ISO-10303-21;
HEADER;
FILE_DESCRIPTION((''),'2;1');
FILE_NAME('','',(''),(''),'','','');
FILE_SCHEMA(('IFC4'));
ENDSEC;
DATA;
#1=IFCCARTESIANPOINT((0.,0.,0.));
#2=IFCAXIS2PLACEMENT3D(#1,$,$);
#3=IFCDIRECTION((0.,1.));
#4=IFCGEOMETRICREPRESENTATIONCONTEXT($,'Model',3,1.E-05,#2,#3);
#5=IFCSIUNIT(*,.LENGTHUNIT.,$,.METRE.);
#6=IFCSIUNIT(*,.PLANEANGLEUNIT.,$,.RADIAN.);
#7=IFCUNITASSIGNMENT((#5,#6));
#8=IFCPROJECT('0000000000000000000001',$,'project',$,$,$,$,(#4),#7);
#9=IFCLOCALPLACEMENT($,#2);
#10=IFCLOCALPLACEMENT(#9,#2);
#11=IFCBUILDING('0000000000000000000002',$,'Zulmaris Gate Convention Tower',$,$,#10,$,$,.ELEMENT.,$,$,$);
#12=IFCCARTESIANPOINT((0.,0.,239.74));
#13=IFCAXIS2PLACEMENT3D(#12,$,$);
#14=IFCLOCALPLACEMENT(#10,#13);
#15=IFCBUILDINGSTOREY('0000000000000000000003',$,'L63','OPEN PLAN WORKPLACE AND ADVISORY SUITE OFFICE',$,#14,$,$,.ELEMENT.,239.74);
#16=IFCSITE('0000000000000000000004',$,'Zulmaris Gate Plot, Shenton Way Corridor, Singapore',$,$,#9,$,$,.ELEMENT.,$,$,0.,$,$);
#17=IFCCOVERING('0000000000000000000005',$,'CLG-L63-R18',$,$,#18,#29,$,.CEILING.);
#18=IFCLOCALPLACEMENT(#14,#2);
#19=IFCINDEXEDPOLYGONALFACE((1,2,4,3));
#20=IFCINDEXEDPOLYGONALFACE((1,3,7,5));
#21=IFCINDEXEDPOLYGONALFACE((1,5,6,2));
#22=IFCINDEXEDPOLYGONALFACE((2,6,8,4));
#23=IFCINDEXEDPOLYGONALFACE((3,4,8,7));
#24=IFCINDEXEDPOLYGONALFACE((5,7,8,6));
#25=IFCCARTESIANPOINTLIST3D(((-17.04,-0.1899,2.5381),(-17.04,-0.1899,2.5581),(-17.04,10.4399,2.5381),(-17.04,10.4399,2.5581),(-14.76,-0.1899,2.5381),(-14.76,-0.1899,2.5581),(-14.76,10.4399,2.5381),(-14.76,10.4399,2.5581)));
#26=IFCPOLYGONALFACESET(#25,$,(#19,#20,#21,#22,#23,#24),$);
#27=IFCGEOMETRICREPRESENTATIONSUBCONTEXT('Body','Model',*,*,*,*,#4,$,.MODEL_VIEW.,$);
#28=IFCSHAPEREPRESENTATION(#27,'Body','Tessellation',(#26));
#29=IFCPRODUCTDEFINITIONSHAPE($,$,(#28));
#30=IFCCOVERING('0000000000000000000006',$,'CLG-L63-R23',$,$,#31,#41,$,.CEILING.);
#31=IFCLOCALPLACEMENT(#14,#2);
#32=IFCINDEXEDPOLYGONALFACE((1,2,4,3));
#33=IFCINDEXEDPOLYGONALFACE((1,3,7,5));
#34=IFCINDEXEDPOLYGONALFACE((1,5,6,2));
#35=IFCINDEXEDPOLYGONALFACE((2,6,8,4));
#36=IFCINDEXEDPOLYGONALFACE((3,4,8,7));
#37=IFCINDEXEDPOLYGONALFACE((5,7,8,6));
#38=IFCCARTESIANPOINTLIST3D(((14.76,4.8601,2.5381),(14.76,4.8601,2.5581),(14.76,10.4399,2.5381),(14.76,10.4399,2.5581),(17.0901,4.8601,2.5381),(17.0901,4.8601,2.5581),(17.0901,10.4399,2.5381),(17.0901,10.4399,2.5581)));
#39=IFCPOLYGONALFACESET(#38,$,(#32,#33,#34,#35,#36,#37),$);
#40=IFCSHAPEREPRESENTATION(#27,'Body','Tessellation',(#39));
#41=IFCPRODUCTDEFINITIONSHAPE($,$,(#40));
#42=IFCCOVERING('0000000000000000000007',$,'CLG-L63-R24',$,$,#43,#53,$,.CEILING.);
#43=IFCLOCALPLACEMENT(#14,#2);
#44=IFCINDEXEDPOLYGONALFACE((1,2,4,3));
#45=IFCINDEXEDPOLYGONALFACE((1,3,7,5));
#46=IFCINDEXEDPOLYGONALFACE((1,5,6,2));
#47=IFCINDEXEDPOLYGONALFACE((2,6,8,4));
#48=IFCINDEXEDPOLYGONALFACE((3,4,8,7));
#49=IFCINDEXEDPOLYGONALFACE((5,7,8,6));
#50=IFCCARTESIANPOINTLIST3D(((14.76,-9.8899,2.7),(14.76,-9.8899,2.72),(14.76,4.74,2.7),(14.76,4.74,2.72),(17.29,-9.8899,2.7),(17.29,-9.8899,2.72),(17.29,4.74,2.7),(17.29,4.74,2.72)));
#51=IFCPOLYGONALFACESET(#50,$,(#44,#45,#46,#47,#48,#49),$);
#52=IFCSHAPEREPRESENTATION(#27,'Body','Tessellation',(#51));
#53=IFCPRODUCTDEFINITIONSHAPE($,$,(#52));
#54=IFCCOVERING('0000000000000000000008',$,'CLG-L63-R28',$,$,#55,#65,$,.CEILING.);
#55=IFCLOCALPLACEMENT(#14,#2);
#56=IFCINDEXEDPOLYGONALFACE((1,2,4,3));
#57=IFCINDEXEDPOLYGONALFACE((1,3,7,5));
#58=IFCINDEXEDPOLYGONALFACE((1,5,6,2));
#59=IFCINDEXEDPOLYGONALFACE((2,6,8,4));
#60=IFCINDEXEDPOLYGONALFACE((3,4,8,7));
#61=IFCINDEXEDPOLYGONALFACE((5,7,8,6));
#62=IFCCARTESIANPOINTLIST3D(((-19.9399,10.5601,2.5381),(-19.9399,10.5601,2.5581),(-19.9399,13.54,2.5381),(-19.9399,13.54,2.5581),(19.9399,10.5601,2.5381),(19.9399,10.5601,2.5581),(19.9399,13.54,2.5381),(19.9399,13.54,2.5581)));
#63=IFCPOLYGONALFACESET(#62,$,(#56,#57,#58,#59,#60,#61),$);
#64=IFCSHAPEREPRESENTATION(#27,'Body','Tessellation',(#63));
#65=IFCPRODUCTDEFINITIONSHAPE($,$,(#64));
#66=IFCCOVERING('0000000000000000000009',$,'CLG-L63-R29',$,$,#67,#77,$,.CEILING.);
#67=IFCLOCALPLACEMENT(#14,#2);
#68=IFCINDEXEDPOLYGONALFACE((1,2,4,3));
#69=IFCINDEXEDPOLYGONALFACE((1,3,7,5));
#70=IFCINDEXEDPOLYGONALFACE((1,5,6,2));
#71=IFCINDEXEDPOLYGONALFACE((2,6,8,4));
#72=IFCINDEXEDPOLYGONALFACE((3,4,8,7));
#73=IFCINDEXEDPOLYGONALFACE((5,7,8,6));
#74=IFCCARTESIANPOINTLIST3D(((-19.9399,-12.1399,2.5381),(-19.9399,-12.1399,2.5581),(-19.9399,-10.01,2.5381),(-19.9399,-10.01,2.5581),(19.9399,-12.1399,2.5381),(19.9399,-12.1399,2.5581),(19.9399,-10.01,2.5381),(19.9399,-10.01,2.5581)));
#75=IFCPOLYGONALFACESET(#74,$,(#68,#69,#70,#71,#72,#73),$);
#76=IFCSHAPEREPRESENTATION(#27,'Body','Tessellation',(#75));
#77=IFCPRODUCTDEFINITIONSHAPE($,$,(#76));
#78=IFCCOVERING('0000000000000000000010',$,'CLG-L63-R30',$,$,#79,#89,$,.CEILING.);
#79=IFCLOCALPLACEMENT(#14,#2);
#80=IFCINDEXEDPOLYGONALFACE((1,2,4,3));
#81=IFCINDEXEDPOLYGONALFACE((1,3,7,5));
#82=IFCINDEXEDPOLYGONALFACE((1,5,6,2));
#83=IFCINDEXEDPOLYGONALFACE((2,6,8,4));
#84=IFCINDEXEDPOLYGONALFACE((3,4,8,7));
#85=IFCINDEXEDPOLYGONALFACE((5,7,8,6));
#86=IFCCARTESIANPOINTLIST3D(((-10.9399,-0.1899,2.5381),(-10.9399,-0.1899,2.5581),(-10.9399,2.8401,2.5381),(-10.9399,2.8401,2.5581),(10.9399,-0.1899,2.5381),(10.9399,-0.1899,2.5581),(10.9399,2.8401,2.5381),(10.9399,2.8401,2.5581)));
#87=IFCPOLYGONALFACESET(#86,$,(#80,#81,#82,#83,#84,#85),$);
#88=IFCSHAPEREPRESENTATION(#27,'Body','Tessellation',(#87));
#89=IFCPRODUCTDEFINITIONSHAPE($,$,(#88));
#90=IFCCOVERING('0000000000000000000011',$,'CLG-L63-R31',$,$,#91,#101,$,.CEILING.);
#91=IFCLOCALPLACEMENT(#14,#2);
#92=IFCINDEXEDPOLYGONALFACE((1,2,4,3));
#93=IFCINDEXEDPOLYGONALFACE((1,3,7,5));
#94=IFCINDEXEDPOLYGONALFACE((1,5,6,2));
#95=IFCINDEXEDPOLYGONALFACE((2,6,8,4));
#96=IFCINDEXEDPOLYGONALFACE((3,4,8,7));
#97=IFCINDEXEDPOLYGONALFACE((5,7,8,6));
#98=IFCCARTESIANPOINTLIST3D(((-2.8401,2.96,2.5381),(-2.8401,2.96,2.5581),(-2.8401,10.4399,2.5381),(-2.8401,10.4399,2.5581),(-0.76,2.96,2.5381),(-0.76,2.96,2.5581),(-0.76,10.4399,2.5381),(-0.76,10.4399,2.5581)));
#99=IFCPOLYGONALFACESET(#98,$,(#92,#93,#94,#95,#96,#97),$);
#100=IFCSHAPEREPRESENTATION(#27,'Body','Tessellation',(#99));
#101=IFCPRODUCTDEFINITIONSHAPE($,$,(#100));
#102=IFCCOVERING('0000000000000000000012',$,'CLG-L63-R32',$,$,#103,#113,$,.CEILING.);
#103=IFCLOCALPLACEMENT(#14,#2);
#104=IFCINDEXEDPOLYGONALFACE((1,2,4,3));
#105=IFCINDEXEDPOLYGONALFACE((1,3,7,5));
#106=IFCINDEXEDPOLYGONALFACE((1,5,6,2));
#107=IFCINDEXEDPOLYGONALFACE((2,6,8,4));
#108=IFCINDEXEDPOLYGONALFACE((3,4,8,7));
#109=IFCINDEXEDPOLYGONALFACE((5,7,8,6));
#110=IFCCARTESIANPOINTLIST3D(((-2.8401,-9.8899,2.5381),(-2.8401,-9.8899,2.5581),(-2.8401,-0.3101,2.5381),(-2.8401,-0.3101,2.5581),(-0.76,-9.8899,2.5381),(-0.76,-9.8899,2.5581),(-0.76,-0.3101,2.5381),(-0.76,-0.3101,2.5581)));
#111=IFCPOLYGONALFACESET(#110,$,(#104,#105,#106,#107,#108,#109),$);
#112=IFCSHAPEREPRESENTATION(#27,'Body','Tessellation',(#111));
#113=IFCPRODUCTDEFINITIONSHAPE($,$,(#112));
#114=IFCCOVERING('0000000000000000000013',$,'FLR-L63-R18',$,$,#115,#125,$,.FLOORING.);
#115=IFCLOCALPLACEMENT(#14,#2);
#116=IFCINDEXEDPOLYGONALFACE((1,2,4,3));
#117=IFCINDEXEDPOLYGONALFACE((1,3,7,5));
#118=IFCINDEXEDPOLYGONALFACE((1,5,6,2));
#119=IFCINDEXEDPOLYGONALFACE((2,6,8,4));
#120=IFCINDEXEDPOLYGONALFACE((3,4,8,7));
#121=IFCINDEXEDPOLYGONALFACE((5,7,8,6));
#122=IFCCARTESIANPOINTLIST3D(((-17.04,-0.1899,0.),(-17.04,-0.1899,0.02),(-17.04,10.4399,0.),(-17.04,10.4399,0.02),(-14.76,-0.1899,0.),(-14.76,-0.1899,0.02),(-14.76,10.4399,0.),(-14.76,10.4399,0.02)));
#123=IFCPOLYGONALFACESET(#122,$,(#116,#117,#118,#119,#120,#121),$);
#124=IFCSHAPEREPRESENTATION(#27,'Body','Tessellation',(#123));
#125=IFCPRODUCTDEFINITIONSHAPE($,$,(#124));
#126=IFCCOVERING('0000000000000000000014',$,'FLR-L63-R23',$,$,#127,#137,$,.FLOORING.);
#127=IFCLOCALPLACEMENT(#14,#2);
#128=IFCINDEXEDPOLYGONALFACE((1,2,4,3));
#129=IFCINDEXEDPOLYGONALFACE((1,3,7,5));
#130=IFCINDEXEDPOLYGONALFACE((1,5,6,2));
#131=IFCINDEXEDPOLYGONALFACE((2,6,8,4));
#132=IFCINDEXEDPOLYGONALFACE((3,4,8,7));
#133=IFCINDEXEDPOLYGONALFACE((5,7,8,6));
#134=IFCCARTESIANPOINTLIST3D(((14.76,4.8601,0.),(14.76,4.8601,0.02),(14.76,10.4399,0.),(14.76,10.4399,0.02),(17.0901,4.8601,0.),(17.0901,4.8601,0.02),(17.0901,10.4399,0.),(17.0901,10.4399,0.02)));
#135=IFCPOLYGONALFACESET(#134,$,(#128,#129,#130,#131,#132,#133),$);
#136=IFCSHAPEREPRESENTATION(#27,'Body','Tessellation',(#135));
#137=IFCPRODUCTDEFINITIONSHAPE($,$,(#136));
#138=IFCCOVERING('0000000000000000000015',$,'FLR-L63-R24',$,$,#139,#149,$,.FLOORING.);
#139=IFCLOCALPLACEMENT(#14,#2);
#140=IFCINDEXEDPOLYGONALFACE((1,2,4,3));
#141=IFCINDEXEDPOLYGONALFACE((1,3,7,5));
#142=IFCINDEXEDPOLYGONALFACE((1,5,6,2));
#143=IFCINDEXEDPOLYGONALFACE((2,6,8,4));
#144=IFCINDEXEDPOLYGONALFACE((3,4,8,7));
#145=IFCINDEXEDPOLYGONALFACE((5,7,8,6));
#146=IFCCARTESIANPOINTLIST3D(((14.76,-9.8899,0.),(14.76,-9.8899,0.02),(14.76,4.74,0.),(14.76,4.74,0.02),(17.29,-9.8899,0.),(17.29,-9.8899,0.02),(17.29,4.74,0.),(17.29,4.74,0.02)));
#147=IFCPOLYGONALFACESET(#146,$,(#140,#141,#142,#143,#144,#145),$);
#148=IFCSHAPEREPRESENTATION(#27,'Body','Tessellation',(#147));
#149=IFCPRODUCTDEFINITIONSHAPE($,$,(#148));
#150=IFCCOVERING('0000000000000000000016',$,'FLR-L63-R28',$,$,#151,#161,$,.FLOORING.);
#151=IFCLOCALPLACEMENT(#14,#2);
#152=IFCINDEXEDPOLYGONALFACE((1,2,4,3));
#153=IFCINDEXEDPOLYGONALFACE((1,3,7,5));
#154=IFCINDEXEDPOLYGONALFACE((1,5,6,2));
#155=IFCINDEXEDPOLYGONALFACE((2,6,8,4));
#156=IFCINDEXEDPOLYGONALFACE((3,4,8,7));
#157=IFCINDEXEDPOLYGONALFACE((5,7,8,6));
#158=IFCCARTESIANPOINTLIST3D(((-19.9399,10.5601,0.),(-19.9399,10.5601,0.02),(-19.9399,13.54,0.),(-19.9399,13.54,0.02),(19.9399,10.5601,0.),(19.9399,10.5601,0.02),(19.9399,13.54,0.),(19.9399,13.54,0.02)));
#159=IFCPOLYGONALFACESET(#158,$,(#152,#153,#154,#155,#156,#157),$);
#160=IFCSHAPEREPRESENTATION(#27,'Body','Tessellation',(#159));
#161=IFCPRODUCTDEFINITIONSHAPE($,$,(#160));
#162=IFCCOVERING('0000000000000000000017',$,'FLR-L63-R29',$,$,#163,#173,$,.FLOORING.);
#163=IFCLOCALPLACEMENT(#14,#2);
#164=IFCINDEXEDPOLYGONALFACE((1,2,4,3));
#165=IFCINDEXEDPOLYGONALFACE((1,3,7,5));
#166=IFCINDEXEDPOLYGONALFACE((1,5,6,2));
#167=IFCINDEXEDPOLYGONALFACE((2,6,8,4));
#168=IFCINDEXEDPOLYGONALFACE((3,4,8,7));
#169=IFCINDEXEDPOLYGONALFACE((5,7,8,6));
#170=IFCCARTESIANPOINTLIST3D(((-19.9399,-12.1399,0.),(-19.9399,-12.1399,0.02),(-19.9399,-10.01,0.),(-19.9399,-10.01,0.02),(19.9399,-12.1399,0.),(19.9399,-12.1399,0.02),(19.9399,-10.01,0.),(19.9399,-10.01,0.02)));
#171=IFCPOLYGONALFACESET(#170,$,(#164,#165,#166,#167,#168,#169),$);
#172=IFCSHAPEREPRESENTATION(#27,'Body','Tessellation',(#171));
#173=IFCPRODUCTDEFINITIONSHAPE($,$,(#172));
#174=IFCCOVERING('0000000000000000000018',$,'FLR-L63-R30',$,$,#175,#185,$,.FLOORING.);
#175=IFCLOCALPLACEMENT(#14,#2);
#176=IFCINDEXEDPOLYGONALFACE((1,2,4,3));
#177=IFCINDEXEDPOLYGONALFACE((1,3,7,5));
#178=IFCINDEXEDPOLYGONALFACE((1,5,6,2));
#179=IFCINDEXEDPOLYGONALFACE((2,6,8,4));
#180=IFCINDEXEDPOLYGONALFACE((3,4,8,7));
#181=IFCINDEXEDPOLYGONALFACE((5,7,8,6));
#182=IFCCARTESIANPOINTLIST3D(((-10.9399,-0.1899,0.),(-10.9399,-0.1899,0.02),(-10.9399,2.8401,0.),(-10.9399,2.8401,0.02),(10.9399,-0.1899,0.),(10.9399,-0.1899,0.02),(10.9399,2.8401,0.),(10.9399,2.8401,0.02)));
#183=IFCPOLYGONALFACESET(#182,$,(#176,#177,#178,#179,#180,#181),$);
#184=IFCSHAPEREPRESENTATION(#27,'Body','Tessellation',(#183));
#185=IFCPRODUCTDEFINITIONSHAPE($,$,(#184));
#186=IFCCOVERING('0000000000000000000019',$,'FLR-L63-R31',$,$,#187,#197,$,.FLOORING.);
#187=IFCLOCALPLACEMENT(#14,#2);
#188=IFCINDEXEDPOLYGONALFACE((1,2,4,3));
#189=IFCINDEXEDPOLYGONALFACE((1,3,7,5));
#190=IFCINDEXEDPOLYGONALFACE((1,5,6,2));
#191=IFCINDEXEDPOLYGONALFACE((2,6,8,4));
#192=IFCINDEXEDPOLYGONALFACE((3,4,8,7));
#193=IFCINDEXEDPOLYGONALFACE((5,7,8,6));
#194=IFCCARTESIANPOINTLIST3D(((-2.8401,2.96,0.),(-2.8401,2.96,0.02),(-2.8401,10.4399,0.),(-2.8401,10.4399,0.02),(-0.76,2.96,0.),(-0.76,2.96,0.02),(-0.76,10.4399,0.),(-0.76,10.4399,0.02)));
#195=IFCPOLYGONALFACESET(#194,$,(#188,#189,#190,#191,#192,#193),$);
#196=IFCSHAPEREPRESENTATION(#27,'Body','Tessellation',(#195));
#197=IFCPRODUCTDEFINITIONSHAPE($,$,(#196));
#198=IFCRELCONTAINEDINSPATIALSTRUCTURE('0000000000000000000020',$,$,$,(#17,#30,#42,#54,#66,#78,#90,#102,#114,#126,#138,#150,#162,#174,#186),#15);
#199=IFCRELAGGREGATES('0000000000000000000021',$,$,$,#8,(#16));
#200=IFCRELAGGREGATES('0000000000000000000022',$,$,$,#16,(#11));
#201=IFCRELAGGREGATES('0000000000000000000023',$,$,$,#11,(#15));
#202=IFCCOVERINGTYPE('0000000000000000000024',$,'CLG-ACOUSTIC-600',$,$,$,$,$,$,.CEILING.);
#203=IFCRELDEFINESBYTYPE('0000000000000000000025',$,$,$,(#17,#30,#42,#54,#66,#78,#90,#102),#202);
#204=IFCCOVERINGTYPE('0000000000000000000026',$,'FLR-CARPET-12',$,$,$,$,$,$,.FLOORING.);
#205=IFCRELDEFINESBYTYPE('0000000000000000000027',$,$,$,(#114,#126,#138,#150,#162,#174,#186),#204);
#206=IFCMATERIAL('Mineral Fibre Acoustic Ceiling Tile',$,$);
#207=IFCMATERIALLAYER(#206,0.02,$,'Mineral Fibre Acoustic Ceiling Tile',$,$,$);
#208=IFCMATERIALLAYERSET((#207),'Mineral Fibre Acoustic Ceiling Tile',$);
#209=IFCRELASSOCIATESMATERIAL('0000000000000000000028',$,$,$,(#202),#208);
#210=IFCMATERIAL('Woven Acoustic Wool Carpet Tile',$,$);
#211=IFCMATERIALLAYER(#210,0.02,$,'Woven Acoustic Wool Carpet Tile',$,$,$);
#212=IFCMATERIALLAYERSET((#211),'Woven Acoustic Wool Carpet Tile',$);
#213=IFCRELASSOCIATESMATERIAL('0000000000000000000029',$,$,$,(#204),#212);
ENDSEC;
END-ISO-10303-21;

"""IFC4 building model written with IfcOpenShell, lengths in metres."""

from ifc_helpers import new_model, si_unit, direction, frame, origin, place, context, subcontext, project, spatial, polyline, outline, extrude, material, layer, layer_set, type_object, element, save


model = new_model("IFC4")

# Units and contexts
model_context = context("Model", 3, precision=1e-05, world=origin(), true_north=direction((0.0, 1.0)))
body_context = subcontext(model_context, "Body", "Model", "MODEL_VIEW")
ifc_project = project(units=[si_unit("LENGTHUNIT", "METRE"), si_unit("PLANEANGLEUNIT", "RADIAN")], contexts=[model_context])

# Site, building, storey
site_placement = place(None, origin())
site = spatial("IfcSite", under=ifc_project, at=site_placement, Name="Zulmaris Gate Plot, Shenton Way Corridor, Singapore", CompositionType="ELEMENT", RefElevation=0.0)
building_placement = place(site_placement, origin())
building = spatial("IfcBuilding", under=site, at=building_placement, Name="Zulmaris Gate Convention Tower", CompositionType="ELEMENT")
storey_placement = place(building_placement, frame((0.0, 0.0, 239.74)))
storey = spatial("IfcBuildingStorey", under=building, at=storey_placement, Name="L63", Description="OPEN PLAN WORKPLACE AND ADVISORY SUITE OFFICE", CompositionType="ELEMENT", Elevation=239.74)

# Coverings
ifc_material_1 = material(Name="Mineral Fibre Acoustic Ceiling Tile")
ifc_layer_1 = layer(ifc_material_1, 0.02, Name="Mineral Fibre Acoustic Ceiling Tile")
ifc_layer_set_1 = layer_set([ifc_layer_1], Name="Mineral Fibre Acoustic Ceiling Tile")
covering_type_1 = type_object("IfcCoveringType", Name="CLG-ACOUSTIC-600", PredefinedType="CEILING", material=ifc_layer_set_1)
covering_1_placement = place(storey_placement, frame((0.0, 0.0, 2.5381)))
element("IfcCovering", 1, at=covering_1_placement, inside=storey, type_object=covering_type_1, Name="CLG-L63-R18", PredefinedType="CEILING", context=body_context, shape_type="SweptSolid", body=[
    extrude(outline(polyline([(-17.04, -0.1899), (-14.76, -0.1899), (-14.76, 10.4399), (-17.04, 10.4399), (-17.04, -0.1899)])), origin(), (0.0, 0.0, 1.0), 0.02),
])
covering_2_placement = place(storey_placement, frame((0.0, 0.0, 2.5381)))
element("IfcCovering", 2, at=covering_2_placement, inside=storey, type_object=covering_type_1, Name="CLG-L63-R23", PredefinedType="CEILING", context=body_context, shape_type="SweptSolid", body=[
    extrude(outline(polyline([(14.76, 4.8601), (17.0901, 4.8601), (17.0901, 10.4399), (14.76, 10.4399), (14.76, 4.8601)])), origin(), (0.0, 0.0, 1.0), 0.02),
])
covering_3_placement = place(storey_placement, frame((0.0, 0.0, 2.7)))
element("IfcCovering", 3, at=covering_3_placement, inside=storey, type_object=covering_type_1, Name="CLG-L63-R24", PredefinedType="CEILING", context=body_context, shape_type="SweptSolid", body=[
    extrude(outline(polyline([(14.76, -9.8899), (17.29, -9.8899), (17.29, 4.74), (14.76, 4.74), (14.76, -9.8899)])), origin(), (0.0, 0.0, 1.0), 0.02),
])
covering_4_placement = place(storey_placement, frame((0.0, 0.0, 2.5381)))
element("IfcCovering", 4, at=covering_4_placement, inside=storey, type_object=covering_type_1, Name="CLG-L63-R28", PredefinedType="CEILING", context=body_context, shape_type="SweptSolid", body=[
    extrude(outline(polyline([(-19.9399, 10.5601), (19.9399, 10.5601), (19.9399, 13.54), (-19.9399, 13.54), (-19.9399, 10.5601)])), origin(), (0.0, 0.0, 1.0), 0.02),
])
covering_5_placement = place(storey_placement, frame((0.0, 0.0, 2.5381)))
element("IfcCovering", 5, at=covering_5_placement, inside=storey, type_object=covering_type_1, Name="CLG-L63-R29", PredefinedType="CEILING", context=body_context, shape_type="SweptSolid", body=[
    extrude(outline(polyline([(-19.9399, -12.1399), (19.9399, -12.1399), (19.9399, -10.01), (-19.9399, -10.01), (-19.9399, -12.1399)])), origin(), (0.0, 0.0, 1.0), 0.02),
])
covering_6_placement = place(storey_placement, frame((0.0, 0.0, 2.5381)))
element("IfcCovering", 6, at=covering_6_placement, inside=storey, type_object=covering_type_1, Name="CLG-L63-R30", PredefinedType="CEILING", context=body_context, shape_type="SweptSolid", body=[
    extrude(outline(polyline([(-10.9399, -0.1899), (10.9399, -0.1899), (10.9399, 2.8401), (-10.9399, 2.8401), (-10.9399, -0.1899)])), origin(), (0.0, 0.0, 1.0), 0.02),
])
covering_7_placement = place(storey_placement, frame((0.0, 0.0, 2.5381)))
element("IfcCovering", 7, at=covering_7_placement, inside=storey, type_object=covering_type_1, Name="CLG-L63-R31", PredefinedType="CEILING", context=body_context, shape_type="SweptSolid", body=[
    extrude(outline(polyline([(-2.8401, 2.96), (-0.76, 2.96), (-0.76, 10.4399), (-2.8401, 10.4399), (-2.8401, 2.96)])), origin(), (0.0, 0.0, 1.0), 0.02),
])
covering_8_placement = place(storey_placement, frame((0.0, 0.0, 2.5381)))
element("IfcCovering", 8, at=covering_8_placement, inside=storey, type_object=covering_type_1, Name="CLG-L63-R32", PredefinedType="CEILING", context=body_context, shape_type="SweptSolid", body=[
    extrude(outline(polyline([(-2.8401, -9.8899), (-0.76, -9.8899), (-0.76, -0.3101), (-2.8401, -0.3101), (-2.8401, -9.8899)])), origin(), (0.0, 0.0, 1.0), 0.02),
])
ifc_material_2 = material(Name="Woven Acoustic Wool Carpet Tile")
ifc_layer_2 = layer(ifc_material_2, 0.02, Name="Woven Acoustic Wool Carpet Tile")
ifc_layer_set_2 = layer_set([ifc_layer_2], Name="Woven Acoustic Wool Carpet Tile")
covering_type_2 = type_object("IfcCoveringType", Name="FLR-CARPET-12", PredefinedType="FLOORING", material=ifc_layer_set_2)
covering_9_placement = place(storey_placement, origin())
element("IfcCovering", 9, at=covering_9_placement, inside=storey, type_object=covering_type_2, Name="FLR-L63-R18", PredefinedType="FLOORING", context=body_context, shape_type="SweptSolid", body=[
    extrude(outline(polyline([(-17.04, -0.1899), (-14.76, -0.1899), (-14.76, 10.4399), (-17.04, 10.4399), (-17.04, -0.1899)])), origin(), (0.0, 0.0, 1.0), 0.02),
])
covering_10_placement = place(storey_placement, origin())
element("IfcCovering", 10, at=covering_10_placement, inside=storey, type_object=covering_type_2, Name="FLR-L63-R23", PredefinedType="FLOORING", context=body_context, shape_type="SweptSolid", body=[
    extrude(outline(polyline([(14.76, 4.8601), (17.0901, 4.8601), (17.0901, 10.4399), (14.76, 10.4399), (14.76, 4.8601)])), origin(), (0.0, 0.0, 1.0), 0.02),
])
covering_11_placement = place(storey_placement, origin())
element("IfcCovering", 11, at=covering_11_placement, inside=storey, type_object=covering_type_2, Name="FLR-L63-R24", PredefinedType="FLOORING", context=body_context, shape_type="SweptSolid", body=[
    extrude(outline(polyline([(14.76, -9.8899), (17.29, -9.8899), (17.29, 4.74), (14.76, 4.74), (14.76, -9.8899)])), origin(), (0.0, 0.0, 1.0), 0.02),
])
covering_12_placement = place(storey_placement, origin())
element("IfcCovering", 12, at=covering_12_placement, inside=storey, type_object=covering_type_2, Name="FLR-L63-R28", PredefinedType="FLOORING", context=body_context, shape_type="SweptSolid", body=[
    extrude(outline(polyline([(-19.9399, 10.5601), (19.9399, 10.5601), (19.9399, 13.54), (-19.9399, 13.54), (-19.9399, 10.5601)])), origin(), (0.0, 0.0, 1.0), 0.02),
])
covering_13_placement = place(storey_placement, origin())
element("IfcCovering", 13, at=covering_13_placement, inside=storey, type_object=covering_type_2, Name="FLR-L63-R29", PredefinedType="FLOORING", context=body_context, shape_type="SweptSolid", body=[
    extrude(outline(polyline([(-19.9399, -12.1399), (19.9399, -12.1399), (19.9399, -10.01), (-19.9399, -10.01), (-19.9399, -12.1399)])), origin(), (0.0, 0.0, 1.0), 0.02),
])
covering_14_placement = place(storey_placement, origin())
element("IfcCovering", 14, at=covering_14_placement, inside=storey, type_object=covering_type_2, Name="FLR-L63-R30", PredefinedType="FLOORING", context=body_context, shape_type="SweptSolid", body=[
    extrude(outline(polyline([(-10.9399, -0.1899), (10.9399, -0.1899), (10.9399, 2.8401), (-10.9399, 2.8401), (-10.9399, -0.1899)])), origin(), (0.0, 0.0, 1.0), 0.02),
])
covering_15_placement = place(storey_placement, origin())
element("IfcCovering", 15, at=covering_15_placement, inside=storey, type_object=covering_type_2, Name="FLR-L63-R31", PredefinedType="FLOORING", context=body_context, shape_type="SweptSolid", body=[
    extrude(outline(polyline([(-2.8401, 2.96), (-0.76, 2.96), (-0.76, 10.4399), (-2.8401, 10.4399), (-2.8401, 2.96)])), origin(), (0.0, 0.0, 1.0), 0.02),
])

save(model, "model.ifc")
